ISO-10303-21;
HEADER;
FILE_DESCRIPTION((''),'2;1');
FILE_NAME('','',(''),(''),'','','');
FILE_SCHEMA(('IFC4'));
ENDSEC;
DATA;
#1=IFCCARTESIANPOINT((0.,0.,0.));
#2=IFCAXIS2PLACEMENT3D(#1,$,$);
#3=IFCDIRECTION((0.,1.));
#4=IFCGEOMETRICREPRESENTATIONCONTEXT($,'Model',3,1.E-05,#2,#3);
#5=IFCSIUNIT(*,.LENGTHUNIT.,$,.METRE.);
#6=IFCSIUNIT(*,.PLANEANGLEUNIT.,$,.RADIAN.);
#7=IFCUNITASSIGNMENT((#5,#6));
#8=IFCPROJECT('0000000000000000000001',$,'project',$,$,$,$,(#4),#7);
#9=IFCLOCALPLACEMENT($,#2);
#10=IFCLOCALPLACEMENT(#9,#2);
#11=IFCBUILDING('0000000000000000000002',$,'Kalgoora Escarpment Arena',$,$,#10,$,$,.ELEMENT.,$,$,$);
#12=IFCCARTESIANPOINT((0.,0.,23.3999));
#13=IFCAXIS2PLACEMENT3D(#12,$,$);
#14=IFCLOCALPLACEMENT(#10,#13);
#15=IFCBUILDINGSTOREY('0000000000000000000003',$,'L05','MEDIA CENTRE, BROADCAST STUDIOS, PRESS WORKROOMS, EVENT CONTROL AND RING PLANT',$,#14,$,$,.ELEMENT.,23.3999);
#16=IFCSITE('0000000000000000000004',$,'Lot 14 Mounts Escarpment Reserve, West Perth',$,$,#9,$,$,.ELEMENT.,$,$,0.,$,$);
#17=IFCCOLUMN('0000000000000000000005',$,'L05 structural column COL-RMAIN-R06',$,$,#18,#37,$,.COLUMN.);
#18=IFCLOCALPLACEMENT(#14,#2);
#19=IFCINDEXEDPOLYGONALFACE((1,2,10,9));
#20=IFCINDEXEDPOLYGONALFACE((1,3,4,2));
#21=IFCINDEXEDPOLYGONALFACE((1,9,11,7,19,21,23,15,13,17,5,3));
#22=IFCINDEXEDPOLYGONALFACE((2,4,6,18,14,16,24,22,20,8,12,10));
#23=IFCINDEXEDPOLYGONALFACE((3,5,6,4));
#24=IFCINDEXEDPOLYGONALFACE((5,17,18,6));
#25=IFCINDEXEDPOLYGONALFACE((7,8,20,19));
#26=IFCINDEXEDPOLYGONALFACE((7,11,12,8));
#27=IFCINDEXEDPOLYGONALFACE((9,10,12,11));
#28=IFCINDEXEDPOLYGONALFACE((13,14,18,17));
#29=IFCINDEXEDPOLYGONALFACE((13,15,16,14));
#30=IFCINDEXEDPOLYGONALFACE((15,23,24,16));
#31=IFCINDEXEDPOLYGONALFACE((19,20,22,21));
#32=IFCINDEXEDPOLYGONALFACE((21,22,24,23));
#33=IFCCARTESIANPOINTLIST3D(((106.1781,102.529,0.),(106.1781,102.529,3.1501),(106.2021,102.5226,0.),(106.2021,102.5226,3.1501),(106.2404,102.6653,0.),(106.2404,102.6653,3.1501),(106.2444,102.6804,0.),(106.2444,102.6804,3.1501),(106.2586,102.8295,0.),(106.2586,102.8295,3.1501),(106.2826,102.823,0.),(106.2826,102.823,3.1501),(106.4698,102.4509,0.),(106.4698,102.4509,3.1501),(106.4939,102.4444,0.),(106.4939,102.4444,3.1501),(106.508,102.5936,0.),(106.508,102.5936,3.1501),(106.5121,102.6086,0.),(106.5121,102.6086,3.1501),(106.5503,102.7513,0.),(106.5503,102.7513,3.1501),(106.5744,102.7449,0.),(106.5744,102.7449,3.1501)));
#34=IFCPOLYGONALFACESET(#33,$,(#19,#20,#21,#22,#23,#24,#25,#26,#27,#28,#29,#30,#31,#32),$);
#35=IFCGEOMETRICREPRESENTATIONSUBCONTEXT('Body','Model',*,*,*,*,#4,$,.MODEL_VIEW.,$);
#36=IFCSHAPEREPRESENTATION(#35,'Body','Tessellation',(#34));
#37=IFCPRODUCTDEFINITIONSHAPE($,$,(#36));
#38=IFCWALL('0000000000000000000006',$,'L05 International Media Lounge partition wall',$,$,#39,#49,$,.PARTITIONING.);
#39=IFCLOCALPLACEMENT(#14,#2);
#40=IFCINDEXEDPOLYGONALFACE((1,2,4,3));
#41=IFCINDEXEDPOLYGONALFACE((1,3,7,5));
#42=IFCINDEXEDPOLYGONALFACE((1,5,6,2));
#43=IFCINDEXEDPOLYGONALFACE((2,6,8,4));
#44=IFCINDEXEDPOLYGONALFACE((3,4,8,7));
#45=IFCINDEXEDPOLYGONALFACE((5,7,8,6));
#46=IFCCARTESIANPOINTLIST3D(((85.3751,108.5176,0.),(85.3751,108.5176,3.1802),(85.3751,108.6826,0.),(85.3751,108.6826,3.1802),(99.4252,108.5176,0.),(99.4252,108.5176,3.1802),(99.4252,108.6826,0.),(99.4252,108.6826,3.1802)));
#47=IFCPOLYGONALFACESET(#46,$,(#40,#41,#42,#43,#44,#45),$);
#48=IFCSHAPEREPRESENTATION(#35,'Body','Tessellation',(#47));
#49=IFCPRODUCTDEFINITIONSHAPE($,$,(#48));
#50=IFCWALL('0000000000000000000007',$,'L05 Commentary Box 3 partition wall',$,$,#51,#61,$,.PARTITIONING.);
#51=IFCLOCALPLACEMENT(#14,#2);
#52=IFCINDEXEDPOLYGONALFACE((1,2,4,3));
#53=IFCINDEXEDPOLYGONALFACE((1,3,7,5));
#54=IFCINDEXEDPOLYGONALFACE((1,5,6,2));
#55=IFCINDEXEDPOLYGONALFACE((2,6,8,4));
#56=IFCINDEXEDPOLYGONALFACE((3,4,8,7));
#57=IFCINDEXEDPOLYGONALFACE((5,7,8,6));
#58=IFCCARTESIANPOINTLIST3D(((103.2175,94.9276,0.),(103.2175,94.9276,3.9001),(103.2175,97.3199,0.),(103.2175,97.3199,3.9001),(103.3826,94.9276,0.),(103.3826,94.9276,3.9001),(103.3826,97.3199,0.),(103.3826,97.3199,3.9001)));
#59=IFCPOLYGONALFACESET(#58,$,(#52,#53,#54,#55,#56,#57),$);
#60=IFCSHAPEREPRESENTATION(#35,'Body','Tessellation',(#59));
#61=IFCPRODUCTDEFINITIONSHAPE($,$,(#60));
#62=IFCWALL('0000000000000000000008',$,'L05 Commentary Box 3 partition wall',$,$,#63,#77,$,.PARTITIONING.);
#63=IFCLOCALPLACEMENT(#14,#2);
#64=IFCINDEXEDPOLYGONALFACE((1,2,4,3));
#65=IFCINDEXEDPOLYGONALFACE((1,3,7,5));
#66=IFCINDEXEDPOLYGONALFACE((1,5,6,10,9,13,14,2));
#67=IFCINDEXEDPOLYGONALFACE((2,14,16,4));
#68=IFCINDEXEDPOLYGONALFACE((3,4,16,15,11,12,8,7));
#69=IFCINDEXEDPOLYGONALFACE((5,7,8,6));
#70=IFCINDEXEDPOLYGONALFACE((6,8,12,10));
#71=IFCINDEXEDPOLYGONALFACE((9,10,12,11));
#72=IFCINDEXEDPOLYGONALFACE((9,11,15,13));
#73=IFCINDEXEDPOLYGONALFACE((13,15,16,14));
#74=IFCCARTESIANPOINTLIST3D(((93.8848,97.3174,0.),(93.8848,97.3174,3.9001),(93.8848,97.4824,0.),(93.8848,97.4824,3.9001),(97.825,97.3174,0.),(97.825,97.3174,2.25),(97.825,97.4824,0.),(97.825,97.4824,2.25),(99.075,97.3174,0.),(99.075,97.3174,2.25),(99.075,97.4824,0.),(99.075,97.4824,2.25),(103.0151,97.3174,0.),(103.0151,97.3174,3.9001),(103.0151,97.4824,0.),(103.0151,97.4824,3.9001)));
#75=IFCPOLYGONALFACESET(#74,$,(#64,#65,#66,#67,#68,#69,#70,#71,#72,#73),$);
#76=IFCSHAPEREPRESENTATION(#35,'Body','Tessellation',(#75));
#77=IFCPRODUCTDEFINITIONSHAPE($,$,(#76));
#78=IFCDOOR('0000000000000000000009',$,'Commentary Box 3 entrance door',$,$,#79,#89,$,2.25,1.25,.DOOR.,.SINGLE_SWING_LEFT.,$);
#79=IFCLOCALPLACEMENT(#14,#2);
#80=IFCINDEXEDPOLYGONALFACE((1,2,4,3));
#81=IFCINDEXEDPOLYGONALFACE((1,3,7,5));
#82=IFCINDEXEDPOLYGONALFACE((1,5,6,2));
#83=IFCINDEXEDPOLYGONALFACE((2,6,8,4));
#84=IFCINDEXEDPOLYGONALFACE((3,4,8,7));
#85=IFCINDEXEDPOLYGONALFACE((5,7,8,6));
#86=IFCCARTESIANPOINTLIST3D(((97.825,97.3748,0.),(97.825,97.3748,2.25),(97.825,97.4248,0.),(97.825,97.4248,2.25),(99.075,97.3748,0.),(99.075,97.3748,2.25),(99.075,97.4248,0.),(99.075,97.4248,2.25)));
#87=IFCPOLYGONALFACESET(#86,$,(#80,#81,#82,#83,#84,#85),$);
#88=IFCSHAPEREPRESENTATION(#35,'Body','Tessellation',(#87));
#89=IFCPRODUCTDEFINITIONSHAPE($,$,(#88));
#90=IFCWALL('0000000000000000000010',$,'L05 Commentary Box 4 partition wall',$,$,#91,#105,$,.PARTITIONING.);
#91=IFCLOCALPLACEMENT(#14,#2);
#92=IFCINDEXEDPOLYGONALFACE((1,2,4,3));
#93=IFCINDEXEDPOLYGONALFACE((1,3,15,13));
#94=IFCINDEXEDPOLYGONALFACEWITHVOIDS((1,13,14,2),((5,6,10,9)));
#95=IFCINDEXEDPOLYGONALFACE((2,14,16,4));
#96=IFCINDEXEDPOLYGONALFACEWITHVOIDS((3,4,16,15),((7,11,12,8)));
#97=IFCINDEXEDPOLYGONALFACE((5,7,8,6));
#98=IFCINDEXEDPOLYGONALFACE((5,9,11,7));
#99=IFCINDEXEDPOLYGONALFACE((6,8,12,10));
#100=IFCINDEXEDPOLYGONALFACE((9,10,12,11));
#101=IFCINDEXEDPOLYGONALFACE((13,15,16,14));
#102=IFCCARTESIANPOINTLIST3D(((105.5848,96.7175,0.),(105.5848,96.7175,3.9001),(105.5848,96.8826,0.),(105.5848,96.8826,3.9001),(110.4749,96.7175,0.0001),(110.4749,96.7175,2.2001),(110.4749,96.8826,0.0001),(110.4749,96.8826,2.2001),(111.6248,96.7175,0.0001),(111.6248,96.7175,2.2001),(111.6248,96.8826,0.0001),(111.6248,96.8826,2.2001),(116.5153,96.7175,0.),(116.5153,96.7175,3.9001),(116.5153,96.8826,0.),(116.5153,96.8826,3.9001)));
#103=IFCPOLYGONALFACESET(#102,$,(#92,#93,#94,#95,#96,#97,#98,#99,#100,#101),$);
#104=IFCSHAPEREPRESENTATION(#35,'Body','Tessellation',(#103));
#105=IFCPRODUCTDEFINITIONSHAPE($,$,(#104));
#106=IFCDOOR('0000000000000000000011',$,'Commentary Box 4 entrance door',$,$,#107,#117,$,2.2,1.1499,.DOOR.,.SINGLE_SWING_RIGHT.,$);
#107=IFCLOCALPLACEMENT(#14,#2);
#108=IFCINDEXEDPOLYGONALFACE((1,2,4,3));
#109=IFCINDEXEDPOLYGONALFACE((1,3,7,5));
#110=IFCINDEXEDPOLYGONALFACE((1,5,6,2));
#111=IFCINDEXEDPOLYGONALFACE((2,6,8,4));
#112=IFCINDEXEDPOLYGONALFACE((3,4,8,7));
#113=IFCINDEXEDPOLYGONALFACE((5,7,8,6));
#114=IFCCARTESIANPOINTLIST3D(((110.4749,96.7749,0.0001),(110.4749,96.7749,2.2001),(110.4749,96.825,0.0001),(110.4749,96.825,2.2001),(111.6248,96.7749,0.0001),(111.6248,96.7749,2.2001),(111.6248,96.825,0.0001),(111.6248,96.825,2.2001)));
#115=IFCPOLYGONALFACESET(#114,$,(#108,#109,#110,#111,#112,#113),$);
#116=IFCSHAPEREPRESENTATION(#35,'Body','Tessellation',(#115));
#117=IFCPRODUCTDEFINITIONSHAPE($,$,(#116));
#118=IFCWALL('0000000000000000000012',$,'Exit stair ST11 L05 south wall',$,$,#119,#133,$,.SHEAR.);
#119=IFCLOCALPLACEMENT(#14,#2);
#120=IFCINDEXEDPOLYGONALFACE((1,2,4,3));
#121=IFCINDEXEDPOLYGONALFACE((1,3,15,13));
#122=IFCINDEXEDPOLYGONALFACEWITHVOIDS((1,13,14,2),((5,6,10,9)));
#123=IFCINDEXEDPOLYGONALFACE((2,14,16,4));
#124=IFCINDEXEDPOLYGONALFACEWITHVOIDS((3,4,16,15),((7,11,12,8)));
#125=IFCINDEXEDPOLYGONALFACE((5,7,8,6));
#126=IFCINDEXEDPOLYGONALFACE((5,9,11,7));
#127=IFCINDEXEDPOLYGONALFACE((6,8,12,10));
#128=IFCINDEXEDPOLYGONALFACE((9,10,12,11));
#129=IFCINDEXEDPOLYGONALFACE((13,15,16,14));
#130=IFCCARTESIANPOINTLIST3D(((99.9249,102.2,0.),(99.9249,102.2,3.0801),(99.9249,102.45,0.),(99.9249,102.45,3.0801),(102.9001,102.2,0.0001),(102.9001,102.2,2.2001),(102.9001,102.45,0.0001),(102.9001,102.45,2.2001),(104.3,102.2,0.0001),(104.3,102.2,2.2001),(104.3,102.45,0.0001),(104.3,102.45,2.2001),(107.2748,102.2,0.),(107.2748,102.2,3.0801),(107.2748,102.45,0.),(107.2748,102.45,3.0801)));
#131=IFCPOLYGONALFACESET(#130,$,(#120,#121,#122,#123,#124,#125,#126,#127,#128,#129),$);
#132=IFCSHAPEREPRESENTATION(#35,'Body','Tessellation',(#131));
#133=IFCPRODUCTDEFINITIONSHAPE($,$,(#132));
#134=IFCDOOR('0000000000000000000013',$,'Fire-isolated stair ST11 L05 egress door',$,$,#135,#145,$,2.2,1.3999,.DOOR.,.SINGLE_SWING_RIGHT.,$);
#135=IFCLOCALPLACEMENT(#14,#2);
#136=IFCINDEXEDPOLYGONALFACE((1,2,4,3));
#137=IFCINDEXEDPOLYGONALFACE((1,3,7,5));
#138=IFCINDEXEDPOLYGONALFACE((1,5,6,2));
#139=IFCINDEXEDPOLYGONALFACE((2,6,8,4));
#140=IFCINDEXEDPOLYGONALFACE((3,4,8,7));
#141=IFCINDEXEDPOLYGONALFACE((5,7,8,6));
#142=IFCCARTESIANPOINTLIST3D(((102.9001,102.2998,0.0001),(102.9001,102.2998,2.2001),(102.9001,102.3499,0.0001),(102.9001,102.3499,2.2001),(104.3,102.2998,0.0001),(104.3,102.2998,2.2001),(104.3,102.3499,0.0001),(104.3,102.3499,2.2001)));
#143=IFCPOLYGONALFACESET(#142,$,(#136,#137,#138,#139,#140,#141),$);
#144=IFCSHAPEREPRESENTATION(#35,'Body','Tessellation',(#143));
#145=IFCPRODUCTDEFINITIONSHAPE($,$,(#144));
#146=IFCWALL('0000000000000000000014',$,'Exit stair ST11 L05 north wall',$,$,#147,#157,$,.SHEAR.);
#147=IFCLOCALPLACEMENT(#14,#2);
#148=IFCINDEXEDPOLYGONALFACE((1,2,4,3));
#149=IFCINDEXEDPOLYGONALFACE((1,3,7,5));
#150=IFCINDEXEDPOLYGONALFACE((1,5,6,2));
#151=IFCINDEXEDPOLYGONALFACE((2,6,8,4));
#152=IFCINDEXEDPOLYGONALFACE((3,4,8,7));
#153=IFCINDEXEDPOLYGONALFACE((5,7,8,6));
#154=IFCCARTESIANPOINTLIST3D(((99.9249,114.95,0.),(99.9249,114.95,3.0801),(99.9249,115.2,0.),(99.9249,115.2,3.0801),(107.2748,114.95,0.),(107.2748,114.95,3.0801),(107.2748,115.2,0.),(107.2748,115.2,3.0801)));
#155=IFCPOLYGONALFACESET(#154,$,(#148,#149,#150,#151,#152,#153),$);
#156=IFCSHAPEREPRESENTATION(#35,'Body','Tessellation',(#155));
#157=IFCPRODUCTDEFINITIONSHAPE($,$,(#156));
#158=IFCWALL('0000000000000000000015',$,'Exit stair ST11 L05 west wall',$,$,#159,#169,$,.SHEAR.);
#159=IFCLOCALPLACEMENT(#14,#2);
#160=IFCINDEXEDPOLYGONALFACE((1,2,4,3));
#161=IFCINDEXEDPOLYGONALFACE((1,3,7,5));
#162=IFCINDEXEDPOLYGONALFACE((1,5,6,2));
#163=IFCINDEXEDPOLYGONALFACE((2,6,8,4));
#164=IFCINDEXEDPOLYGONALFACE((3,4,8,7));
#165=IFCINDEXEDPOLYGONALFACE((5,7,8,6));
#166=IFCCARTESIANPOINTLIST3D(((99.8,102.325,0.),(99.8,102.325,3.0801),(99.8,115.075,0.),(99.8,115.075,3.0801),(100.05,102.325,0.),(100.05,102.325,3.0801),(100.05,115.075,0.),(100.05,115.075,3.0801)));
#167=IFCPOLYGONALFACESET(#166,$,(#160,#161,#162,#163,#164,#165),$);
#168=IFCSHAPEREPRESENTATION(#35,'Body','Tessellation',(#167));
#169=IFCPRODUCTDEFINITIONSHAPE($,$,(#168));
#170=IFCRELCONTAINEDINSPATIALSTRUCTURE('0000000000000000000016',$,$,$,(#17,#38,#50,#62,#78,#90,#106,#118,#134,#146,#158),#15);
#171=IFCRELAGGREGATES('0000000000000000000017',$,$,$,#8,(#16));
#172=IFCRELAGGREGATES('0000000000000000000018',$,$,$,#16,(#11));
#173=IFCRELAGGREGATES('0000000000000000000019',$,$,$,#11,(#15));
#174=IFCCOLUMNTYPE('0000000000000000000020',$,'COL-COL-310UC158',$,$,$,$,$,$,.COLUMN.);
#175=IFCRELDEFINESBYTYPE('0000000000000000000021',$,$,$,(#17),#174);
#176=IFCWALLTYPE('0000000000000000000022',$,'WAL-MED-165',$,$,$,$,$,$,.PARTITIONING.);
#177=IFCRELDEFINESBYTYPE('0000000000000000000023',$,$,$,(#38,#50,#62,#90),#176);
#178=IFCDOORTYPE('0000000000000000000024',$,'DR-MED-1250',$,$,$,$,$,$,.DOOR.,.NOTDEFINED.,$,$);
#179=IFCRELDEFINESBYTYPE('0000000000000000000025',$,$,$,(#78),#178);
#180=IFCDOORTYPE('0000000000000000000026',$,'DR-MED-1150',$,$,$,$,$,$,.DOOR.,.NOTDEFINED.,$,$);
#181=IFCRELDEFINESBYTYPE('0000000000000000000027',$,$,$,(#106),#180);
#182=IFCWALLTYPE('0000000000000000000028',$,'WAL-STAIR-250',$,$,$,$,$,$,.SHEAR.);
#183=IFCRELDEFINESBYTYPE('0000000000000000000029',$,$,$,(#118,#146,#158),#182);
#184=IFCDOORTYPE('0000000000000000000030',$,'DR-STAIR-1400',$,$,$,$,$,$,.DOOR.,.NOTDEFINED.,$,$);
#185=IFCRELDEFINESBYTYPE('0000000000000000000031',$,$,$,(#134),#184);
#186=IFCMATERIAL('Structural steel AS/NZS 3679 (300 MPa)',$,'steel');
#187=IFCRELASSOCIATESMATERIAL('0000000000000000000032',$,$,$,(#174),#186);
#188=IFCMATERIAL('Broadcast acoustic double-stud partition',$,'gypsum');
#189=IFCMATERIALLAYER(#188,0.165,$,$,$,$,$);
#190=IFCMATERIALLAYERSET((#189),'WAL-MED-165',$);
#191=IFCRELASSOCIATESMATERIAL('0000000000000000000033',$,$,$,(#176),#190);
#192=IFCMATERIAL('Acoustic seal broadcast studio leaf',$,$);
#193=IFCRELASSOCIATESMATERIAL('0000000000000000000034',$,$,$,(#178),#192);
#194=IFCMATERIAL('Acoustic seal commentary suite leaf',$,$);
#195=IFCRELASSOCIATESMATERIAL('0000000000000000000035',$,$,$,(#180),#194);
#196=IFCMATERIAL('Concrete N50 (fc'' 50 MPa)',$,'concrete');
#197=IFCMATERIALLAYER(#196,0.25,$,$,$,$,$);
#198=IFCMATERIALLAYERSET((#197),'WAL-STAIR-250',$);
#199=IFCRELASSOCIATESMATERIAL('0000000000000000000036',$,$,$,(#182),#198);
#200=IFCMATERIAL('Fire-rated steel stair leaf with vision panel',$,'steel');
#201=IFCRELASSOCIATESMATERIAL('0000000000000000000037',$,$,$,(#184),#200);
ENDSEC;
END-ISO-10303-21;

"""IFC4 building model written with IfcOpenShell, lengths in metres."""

from ifc_helpers import new_model, si_unit, direction, frame, frame_2d, origin, origin_2d, place, context, subcontext, project, spatial, rectangle, i_section, extrude, material, layer, layer_set, material_profile, profile_set, type_object, element, fill, save


model = new_model("IFC4")

# Units and contexts
model_context = context("Model", 3, precision=1e-05, world=origin(), true_north=direction((0.0, 1.0)))
body_context = subcontext(model_context, "Body", "Model", "MODEL_VIEW")
ifc_project = project(units=[si_unit("LENGTHUNIT", "METRE"), si_unit("PLANEANGLEUNIT", "RADIAN")], contexts=[model_context])

# Site, building, storey
site_placement = place(None, origin())
site = spatial("IfcSite", under=ifc_project, at=site_placement, Name="Lot 14 Mounts Escarpment Reserve, West Perth", CompositionType="ELEMENT", RefElevation=0.0)
building_placement = place(site_placement, origin())
building = spatial("IfcBuilding", under=site, at=building_placement, Name="Kalgoora Escarpment Arena", CompositionType="ELEMENT")
storey_placement = place(building_placement, frame((0.0, 0.0, 23.3999)))
storey = spatial("IfcBuildingStorey", under=building, at=storey_placement, Name="L05", Description="MEDIA CENTRE, BROADCAST STUDIOS, PRESS WORKROOMS, EVENT CONTROL AND RING PLANT", CompositionType="ELEMENT", Elevation=23.3999)

# Column
ifc_material_1 = material(Name="Structural steel AS/NZS 3679 (300 MPa)", Category="steel")
ifc_material_profile = material_profile(ifc_material_1, i_section(OverallWidth=0.311, OverallDepth=0.3269, WebThickness=0.0156, FlangeThickness=0.0249, at=origin_2d()))
ifc_profile_set = profile_set([ifc_material_profile], Name="Structural steel AS/NZS 3679 (300 MPa)")
column_type = type_object("IfcColumnType", Name="COL-COL-310UC158", PredefinedType="COLUMN", material=ifc_profile_set)
column_placement = place(storey_placement, frame((106.3762, 102.637, 0.0), z_axis=(0.0, 0.0, 1.0), x_axis=(0.258819, 0.965926, 0.0)))
element("IfcColumn", 1, at=column_placement, inside=storey, type_object=column_type, Name="L05 structural column COL-RMAIN-R06", PredefinedType="COLUMN", context=body_context, shape_type="SweptSolid", body=[
    extrude(i_section(OverallWidth=0.311, OverallDepth=0.3269, WebThickness=0.0156, FlangeThickness=0.0249, at=origin_2d()), origin(), (0.0, 0.0, 1.0), 3.1501),
])

# Walls
ifc_material_2 = material(Name="Broadcast acoustic double-stud partition", Category="gypsum")
ifc_layer_1 = layer(ifc_material_2, 0.165)
ifc_layer_set_1 = layer_set([ifc_layer_1], Name="WAL-MED-165")
wall_type_1 = type_object("IfcWallType", Name="WAL-MED-165", PredefinedType="PARTITIONING", material=ifc_layer_set_1)
wall_1_placement = place(storey_placement, frame((99.425, 108.6001, 0.0), z_axis=(0.0, 0.0, 1.0), x_axis=(-1.0, 0.0, 0.0)))
element("IfcWall", 2, at=wall_1_placement, inside=storey, type_object=wall_type_1, Name="L05 International Media Lounge partition wall", PredefinedType="PARTITIONING", context=body_context, shape_type="SweptSolid", body=[
    extrude(rectangle(XDim=14.05, YDim=0.165, at=frame_2d((7.0249, 0.0))), origin(), (0.0, 0.0, 1.0), 3.1802),
])
wall_2_placement = place(storey_placement, frame((103.3, 97.3201, 0.0), z_axis=(0.0, 0.0, 1.0), x_axis=(0.0, -1.0, 0.0)))
element("IfcWall", 3, at=wall_2_placement, inside=storey, type_object=wall_type_1, Name="L05 Commentary Box 3 partition wall", PredefinedType="PARTITIONING", context=body_context, shape_type="SweptSolid", body=[
    extrude(rectangle(XDim=2.3923, YDim=0.165, at=frame_2d((1.1963, 0.0))), origin(), (0.0, 0.0, 1.0), 3.9001),
])

# Walls, openings, doors
wall_3_placement = place(storey_placement, frame((93.8848, 97.3999, 0.0), z_axis=(0.0, 0.0, 1.0), x_axis=(1.0, 0.0, 0.0)))
wall_3 = element("IfcWall", 4, at=wall_3_placement, inside=storey, type_object=wall_type_1, Name="L05 Commentary Box 3 partition wall", PredefinedType="PARTITIONING", context=body_context, shape_type="SweptSolid", body=[
    extrude(rectangle(XDim=9.1304, YDim=0.165, at=frame_2d((4.5652, 0.0))), origin(), (0.0, 0.0, 1.0), 3.9001),
])
opening_1_placement = place(wall_3_placement, frame((3.9402, 0.0, 0.0)))
opening_1 = element("IfcOpeningElement", 5, at=opening_1_placement, cuts=wall_3, PredefinedType="OPENING", context=body_context, shape_type="SweptSolid", body=[
    extrude(rectangle(XDim=1.25, YDim=2.25, at=frame_2d((0.625, 1.125))), frame((0.0, 0.0925, 0.0), z_axis=(0.0, -1.0, 0.0), x_axis=(1.0, 0.0, 0.0)), (0.0, 0.0, 1.0), 0.1851),
])
ifc_material_3 = material(Name="Acoustic seal broadcast studio leaf")
door_type_1 = type_object("IfcDoorType", Name="DR-MED-1250", OperationType="NOTDEFINED", PredefinedType="DOOR", material=ifc_material_3)
door_1_placement = place(opening_1_placement, origin())
door_1 = element("IfcDoor", 6, at=door_1_placement, inside=storey, type_object=door_type_1, Name="Commentary Box 3 entrance door", OperationType="SINGLE_SWING_LEFT", OverallHeight=2.25, OverallWidth=1.25, PredefinedType="DOOR", context=body_context, shape_type="SweptSolid", body=[
    extrude(rectangle(XDim=1.25, YDim=2.25, at=frame_2d((0.625, 1.125))), frame((0.0, 0.0249, 0.0), z_axis=(0.0, -1.0, 0.0), x_axis=(1.0, 0.0, 0.0)), (0.0, 0.0, 1.0), 0.05),
])
fill(opening_1, door_1)
wall_4_placement = place(storey_placement, frame((105.5847, 96.8, 0.0), z_axis=(0.0, 0.0, 1.0), x_axis=(1.0, 0.0, 0.0)))
wall_4 = element("IfcWall", 7, at=wall_4_placement, inside=storey, type_object=wall_type_1, Name="L05 Commentary Box 4 partition wall", PredefinedType="PARTITIONING", context=body_context, shape_type="SweptSolid", body=[
    extrude(rectangle(XDim=10.9304, YDim=0.165, at=frame_2d((5.4653, 0.0))), origin(), (0.0, 0.0, 1.0), 3.9001),
])
opening_2_placement = place(wall_4_placement, frame((4.8901, 0.0, 0.0)))
opening_2 = element("IfcOpeningElement", 8, at=opening_2_placement, cuts=wall_4, PredefinedType="OPENING", context=body_context, shape_type="SweptSolid", body=[
    extrude(rectangle(XDim=1.1499, YDim=2.2, at=frame_2d((0.575, 1.1001))), frame((0.0, 0.0925, 0.0), z_axis=(0.0, -1.0, 0.0), x_axis=(1.0, 0.0, 0.0)), (0.0, 0.0, 1.0), 0.1851),
])
ifc_material_4 = material(Name="Acoustic seal commentary suite leaf")
door_type_2 = type_object("IfcDoorType", Name="DR-MED-1150", OperationType="NOTDEFINED", PredefinedType="DOOR", material=ifc_material_4)
door_2_placement = place(opening_2_placement, origin())
door_2 = element("IfcDoor", 9, at=door_2_placement, inside=storey, type_object=door_type_2, Name="Commentary Box 4 entrance door", OperationType="SINGLE_SWING_RIGHT", OverallHeight=2.2, OverallWidth=1.1499, PredefinedType="DOOR", context=body_context, shape_type="SweptSolid", body=[
    extrude(rectangle(XDim=1.1499, YDim=2.2, at=frame_2d((0.575, 1.1001))), frame((0.0, 0.0249, 0.0), z_axis=(0.0, -1.0, 0.0), x_axis=(1.0, 0.0, 0.0)), (0.0, 0.0, 1.0), 0.05),
])
fill(opening_2, door_2)
ifc_material_5 = material(Name="Concrete N50 (fc' 50 MPa)", Category="concrete")
ifc_layer_2 = layer(ifc_material_5, 0.25)
ifc_layer_set_2 = layer_set([ifc_layer_2], Name="WAL-STAIR-250")
wall_type_2 = type_object("IfcWallType", Name="WAL-STAIR-250", PredefinedType="SHEAR", material=ifc_layer_set_2)
wall_5_placement = place(storey_placement, frame((99.925, 102.325, 0.0), z_axis=(0.0, 0.0, 1.0), x_axis=(1.0, 0.0, 0.0)))
wall_5 = element("IfcWall", 10, at=wall_5_placement, inside=storey, type_object=wall_type_2, Name="Exit stair ST11 L05 south wall", PredefinedType="SHEAR", context=body_context, shape_type="SweptSolid", body=[
    extrude(rectangle(XDim=7.3499, YDim=0.25, at=frame_2d((3.6748, 0.0))), origin(), (0.0, 0.0, 1.0), 3.0801),
])
opening_3_placement = place(wall_5_placement, frame((2.9751, 0.0, 0.0)))
opening_3 = element("IfcOpeningElement", 11, at=opening_3_placement, cuts=wall_5, PredefinedType="OPENING", context=body_context, shape_type="SweptSolid", body=[
    extrude(rectangle(XDim=1.3999, YDim=2.2, at=frame_2d((0.7, 1.1001))), frame((0.0, 0.135, 0.0), z_axis=(0.0, -1.0, 0.0), x_axis=(1.0, 0.0, 0.0)), (0.0, 0.0, 1.0), 0.27),
])
ifc_material_6 = material(Name="Fire-rated steel stair leaf with vision panel", Category="steel")
door_type_3 = type_object("IfcDoorType", Name="DR-STAIR-1400", OperationType="NOTDEFINED", PredefinedType="DOOR", material=ifc_material_6)
door_3_placement = place(opening_3_placement, origin())
door_3 = element("IfcDoor", 12, at=door_3_placement, inside=storey, type_object=door_type_3, Name="Fire-isolated stair ST11 L05 egress door", OperationType="SINGLE_SWING_RIGHT", OverallHeight=2.2, OverallWidth=1.3999, PredefinedType="DOOR", context=body_context, shape_type="SweptSolid", body=[
    extrude(rectangle(XDim=1.3999, YDim=2.2, at=frame_2d((0.7, 1.1001))), frame((0.0, 0.0249, 0.0), z_axis=(0.0, -1.0, 0.0), x_axis=(1.0, 0.0, 0.0)), (0.0, 0.0, 1.0), 0.05),
])
fill(opening_3, door_3)

# Walls
wall_6_placement = place(storey_placement, frame((99.925, 115.075, 0.0), z_axis=(0.0, 0.0, 1.0), x_axis=(1.0, 0.0, 0.0)))
element("IfcWall", 13, at=wall_6_placement, inside=storey, type_object=wall_type_2, Name="Exit stair ST11 L05 north wall", PredefinedType="SHEAR", context=body_context, shape_type="SweptSolid", body=[
    extrude(rectangle(XDim=7.3499, YDim=0.25, at=frame_2d((3.6748, 0.0))), origin(), (0.0, 0.0, 1.0), 3.0801),
])
for number, where, z_axis, x_axis, name in (
    (14, (99.925, 102.325, 0.0), (0.0, 0.0, 1.0), (0.0, 1.0, 0.0), "Exit stair ST11 L05 west wall"),
):
    element("IfcWall", number, at=place(storey_placement, frame(where, z_axis=z_axis, x_axis=x_axis)), inside=storey, type_object=wall_type_2, Name=name, PredefinedType="SHEAR", context=body_context, shape_type="SweptSolid", body=[
        extrude(rectangle(XDim=12.75, YDim=0.25, at=frame_2d((6.375, 0.0))), origin(), (0.0, 0.0, 1.0), 3.0801),
    ])

save(model, "model.ifc")
